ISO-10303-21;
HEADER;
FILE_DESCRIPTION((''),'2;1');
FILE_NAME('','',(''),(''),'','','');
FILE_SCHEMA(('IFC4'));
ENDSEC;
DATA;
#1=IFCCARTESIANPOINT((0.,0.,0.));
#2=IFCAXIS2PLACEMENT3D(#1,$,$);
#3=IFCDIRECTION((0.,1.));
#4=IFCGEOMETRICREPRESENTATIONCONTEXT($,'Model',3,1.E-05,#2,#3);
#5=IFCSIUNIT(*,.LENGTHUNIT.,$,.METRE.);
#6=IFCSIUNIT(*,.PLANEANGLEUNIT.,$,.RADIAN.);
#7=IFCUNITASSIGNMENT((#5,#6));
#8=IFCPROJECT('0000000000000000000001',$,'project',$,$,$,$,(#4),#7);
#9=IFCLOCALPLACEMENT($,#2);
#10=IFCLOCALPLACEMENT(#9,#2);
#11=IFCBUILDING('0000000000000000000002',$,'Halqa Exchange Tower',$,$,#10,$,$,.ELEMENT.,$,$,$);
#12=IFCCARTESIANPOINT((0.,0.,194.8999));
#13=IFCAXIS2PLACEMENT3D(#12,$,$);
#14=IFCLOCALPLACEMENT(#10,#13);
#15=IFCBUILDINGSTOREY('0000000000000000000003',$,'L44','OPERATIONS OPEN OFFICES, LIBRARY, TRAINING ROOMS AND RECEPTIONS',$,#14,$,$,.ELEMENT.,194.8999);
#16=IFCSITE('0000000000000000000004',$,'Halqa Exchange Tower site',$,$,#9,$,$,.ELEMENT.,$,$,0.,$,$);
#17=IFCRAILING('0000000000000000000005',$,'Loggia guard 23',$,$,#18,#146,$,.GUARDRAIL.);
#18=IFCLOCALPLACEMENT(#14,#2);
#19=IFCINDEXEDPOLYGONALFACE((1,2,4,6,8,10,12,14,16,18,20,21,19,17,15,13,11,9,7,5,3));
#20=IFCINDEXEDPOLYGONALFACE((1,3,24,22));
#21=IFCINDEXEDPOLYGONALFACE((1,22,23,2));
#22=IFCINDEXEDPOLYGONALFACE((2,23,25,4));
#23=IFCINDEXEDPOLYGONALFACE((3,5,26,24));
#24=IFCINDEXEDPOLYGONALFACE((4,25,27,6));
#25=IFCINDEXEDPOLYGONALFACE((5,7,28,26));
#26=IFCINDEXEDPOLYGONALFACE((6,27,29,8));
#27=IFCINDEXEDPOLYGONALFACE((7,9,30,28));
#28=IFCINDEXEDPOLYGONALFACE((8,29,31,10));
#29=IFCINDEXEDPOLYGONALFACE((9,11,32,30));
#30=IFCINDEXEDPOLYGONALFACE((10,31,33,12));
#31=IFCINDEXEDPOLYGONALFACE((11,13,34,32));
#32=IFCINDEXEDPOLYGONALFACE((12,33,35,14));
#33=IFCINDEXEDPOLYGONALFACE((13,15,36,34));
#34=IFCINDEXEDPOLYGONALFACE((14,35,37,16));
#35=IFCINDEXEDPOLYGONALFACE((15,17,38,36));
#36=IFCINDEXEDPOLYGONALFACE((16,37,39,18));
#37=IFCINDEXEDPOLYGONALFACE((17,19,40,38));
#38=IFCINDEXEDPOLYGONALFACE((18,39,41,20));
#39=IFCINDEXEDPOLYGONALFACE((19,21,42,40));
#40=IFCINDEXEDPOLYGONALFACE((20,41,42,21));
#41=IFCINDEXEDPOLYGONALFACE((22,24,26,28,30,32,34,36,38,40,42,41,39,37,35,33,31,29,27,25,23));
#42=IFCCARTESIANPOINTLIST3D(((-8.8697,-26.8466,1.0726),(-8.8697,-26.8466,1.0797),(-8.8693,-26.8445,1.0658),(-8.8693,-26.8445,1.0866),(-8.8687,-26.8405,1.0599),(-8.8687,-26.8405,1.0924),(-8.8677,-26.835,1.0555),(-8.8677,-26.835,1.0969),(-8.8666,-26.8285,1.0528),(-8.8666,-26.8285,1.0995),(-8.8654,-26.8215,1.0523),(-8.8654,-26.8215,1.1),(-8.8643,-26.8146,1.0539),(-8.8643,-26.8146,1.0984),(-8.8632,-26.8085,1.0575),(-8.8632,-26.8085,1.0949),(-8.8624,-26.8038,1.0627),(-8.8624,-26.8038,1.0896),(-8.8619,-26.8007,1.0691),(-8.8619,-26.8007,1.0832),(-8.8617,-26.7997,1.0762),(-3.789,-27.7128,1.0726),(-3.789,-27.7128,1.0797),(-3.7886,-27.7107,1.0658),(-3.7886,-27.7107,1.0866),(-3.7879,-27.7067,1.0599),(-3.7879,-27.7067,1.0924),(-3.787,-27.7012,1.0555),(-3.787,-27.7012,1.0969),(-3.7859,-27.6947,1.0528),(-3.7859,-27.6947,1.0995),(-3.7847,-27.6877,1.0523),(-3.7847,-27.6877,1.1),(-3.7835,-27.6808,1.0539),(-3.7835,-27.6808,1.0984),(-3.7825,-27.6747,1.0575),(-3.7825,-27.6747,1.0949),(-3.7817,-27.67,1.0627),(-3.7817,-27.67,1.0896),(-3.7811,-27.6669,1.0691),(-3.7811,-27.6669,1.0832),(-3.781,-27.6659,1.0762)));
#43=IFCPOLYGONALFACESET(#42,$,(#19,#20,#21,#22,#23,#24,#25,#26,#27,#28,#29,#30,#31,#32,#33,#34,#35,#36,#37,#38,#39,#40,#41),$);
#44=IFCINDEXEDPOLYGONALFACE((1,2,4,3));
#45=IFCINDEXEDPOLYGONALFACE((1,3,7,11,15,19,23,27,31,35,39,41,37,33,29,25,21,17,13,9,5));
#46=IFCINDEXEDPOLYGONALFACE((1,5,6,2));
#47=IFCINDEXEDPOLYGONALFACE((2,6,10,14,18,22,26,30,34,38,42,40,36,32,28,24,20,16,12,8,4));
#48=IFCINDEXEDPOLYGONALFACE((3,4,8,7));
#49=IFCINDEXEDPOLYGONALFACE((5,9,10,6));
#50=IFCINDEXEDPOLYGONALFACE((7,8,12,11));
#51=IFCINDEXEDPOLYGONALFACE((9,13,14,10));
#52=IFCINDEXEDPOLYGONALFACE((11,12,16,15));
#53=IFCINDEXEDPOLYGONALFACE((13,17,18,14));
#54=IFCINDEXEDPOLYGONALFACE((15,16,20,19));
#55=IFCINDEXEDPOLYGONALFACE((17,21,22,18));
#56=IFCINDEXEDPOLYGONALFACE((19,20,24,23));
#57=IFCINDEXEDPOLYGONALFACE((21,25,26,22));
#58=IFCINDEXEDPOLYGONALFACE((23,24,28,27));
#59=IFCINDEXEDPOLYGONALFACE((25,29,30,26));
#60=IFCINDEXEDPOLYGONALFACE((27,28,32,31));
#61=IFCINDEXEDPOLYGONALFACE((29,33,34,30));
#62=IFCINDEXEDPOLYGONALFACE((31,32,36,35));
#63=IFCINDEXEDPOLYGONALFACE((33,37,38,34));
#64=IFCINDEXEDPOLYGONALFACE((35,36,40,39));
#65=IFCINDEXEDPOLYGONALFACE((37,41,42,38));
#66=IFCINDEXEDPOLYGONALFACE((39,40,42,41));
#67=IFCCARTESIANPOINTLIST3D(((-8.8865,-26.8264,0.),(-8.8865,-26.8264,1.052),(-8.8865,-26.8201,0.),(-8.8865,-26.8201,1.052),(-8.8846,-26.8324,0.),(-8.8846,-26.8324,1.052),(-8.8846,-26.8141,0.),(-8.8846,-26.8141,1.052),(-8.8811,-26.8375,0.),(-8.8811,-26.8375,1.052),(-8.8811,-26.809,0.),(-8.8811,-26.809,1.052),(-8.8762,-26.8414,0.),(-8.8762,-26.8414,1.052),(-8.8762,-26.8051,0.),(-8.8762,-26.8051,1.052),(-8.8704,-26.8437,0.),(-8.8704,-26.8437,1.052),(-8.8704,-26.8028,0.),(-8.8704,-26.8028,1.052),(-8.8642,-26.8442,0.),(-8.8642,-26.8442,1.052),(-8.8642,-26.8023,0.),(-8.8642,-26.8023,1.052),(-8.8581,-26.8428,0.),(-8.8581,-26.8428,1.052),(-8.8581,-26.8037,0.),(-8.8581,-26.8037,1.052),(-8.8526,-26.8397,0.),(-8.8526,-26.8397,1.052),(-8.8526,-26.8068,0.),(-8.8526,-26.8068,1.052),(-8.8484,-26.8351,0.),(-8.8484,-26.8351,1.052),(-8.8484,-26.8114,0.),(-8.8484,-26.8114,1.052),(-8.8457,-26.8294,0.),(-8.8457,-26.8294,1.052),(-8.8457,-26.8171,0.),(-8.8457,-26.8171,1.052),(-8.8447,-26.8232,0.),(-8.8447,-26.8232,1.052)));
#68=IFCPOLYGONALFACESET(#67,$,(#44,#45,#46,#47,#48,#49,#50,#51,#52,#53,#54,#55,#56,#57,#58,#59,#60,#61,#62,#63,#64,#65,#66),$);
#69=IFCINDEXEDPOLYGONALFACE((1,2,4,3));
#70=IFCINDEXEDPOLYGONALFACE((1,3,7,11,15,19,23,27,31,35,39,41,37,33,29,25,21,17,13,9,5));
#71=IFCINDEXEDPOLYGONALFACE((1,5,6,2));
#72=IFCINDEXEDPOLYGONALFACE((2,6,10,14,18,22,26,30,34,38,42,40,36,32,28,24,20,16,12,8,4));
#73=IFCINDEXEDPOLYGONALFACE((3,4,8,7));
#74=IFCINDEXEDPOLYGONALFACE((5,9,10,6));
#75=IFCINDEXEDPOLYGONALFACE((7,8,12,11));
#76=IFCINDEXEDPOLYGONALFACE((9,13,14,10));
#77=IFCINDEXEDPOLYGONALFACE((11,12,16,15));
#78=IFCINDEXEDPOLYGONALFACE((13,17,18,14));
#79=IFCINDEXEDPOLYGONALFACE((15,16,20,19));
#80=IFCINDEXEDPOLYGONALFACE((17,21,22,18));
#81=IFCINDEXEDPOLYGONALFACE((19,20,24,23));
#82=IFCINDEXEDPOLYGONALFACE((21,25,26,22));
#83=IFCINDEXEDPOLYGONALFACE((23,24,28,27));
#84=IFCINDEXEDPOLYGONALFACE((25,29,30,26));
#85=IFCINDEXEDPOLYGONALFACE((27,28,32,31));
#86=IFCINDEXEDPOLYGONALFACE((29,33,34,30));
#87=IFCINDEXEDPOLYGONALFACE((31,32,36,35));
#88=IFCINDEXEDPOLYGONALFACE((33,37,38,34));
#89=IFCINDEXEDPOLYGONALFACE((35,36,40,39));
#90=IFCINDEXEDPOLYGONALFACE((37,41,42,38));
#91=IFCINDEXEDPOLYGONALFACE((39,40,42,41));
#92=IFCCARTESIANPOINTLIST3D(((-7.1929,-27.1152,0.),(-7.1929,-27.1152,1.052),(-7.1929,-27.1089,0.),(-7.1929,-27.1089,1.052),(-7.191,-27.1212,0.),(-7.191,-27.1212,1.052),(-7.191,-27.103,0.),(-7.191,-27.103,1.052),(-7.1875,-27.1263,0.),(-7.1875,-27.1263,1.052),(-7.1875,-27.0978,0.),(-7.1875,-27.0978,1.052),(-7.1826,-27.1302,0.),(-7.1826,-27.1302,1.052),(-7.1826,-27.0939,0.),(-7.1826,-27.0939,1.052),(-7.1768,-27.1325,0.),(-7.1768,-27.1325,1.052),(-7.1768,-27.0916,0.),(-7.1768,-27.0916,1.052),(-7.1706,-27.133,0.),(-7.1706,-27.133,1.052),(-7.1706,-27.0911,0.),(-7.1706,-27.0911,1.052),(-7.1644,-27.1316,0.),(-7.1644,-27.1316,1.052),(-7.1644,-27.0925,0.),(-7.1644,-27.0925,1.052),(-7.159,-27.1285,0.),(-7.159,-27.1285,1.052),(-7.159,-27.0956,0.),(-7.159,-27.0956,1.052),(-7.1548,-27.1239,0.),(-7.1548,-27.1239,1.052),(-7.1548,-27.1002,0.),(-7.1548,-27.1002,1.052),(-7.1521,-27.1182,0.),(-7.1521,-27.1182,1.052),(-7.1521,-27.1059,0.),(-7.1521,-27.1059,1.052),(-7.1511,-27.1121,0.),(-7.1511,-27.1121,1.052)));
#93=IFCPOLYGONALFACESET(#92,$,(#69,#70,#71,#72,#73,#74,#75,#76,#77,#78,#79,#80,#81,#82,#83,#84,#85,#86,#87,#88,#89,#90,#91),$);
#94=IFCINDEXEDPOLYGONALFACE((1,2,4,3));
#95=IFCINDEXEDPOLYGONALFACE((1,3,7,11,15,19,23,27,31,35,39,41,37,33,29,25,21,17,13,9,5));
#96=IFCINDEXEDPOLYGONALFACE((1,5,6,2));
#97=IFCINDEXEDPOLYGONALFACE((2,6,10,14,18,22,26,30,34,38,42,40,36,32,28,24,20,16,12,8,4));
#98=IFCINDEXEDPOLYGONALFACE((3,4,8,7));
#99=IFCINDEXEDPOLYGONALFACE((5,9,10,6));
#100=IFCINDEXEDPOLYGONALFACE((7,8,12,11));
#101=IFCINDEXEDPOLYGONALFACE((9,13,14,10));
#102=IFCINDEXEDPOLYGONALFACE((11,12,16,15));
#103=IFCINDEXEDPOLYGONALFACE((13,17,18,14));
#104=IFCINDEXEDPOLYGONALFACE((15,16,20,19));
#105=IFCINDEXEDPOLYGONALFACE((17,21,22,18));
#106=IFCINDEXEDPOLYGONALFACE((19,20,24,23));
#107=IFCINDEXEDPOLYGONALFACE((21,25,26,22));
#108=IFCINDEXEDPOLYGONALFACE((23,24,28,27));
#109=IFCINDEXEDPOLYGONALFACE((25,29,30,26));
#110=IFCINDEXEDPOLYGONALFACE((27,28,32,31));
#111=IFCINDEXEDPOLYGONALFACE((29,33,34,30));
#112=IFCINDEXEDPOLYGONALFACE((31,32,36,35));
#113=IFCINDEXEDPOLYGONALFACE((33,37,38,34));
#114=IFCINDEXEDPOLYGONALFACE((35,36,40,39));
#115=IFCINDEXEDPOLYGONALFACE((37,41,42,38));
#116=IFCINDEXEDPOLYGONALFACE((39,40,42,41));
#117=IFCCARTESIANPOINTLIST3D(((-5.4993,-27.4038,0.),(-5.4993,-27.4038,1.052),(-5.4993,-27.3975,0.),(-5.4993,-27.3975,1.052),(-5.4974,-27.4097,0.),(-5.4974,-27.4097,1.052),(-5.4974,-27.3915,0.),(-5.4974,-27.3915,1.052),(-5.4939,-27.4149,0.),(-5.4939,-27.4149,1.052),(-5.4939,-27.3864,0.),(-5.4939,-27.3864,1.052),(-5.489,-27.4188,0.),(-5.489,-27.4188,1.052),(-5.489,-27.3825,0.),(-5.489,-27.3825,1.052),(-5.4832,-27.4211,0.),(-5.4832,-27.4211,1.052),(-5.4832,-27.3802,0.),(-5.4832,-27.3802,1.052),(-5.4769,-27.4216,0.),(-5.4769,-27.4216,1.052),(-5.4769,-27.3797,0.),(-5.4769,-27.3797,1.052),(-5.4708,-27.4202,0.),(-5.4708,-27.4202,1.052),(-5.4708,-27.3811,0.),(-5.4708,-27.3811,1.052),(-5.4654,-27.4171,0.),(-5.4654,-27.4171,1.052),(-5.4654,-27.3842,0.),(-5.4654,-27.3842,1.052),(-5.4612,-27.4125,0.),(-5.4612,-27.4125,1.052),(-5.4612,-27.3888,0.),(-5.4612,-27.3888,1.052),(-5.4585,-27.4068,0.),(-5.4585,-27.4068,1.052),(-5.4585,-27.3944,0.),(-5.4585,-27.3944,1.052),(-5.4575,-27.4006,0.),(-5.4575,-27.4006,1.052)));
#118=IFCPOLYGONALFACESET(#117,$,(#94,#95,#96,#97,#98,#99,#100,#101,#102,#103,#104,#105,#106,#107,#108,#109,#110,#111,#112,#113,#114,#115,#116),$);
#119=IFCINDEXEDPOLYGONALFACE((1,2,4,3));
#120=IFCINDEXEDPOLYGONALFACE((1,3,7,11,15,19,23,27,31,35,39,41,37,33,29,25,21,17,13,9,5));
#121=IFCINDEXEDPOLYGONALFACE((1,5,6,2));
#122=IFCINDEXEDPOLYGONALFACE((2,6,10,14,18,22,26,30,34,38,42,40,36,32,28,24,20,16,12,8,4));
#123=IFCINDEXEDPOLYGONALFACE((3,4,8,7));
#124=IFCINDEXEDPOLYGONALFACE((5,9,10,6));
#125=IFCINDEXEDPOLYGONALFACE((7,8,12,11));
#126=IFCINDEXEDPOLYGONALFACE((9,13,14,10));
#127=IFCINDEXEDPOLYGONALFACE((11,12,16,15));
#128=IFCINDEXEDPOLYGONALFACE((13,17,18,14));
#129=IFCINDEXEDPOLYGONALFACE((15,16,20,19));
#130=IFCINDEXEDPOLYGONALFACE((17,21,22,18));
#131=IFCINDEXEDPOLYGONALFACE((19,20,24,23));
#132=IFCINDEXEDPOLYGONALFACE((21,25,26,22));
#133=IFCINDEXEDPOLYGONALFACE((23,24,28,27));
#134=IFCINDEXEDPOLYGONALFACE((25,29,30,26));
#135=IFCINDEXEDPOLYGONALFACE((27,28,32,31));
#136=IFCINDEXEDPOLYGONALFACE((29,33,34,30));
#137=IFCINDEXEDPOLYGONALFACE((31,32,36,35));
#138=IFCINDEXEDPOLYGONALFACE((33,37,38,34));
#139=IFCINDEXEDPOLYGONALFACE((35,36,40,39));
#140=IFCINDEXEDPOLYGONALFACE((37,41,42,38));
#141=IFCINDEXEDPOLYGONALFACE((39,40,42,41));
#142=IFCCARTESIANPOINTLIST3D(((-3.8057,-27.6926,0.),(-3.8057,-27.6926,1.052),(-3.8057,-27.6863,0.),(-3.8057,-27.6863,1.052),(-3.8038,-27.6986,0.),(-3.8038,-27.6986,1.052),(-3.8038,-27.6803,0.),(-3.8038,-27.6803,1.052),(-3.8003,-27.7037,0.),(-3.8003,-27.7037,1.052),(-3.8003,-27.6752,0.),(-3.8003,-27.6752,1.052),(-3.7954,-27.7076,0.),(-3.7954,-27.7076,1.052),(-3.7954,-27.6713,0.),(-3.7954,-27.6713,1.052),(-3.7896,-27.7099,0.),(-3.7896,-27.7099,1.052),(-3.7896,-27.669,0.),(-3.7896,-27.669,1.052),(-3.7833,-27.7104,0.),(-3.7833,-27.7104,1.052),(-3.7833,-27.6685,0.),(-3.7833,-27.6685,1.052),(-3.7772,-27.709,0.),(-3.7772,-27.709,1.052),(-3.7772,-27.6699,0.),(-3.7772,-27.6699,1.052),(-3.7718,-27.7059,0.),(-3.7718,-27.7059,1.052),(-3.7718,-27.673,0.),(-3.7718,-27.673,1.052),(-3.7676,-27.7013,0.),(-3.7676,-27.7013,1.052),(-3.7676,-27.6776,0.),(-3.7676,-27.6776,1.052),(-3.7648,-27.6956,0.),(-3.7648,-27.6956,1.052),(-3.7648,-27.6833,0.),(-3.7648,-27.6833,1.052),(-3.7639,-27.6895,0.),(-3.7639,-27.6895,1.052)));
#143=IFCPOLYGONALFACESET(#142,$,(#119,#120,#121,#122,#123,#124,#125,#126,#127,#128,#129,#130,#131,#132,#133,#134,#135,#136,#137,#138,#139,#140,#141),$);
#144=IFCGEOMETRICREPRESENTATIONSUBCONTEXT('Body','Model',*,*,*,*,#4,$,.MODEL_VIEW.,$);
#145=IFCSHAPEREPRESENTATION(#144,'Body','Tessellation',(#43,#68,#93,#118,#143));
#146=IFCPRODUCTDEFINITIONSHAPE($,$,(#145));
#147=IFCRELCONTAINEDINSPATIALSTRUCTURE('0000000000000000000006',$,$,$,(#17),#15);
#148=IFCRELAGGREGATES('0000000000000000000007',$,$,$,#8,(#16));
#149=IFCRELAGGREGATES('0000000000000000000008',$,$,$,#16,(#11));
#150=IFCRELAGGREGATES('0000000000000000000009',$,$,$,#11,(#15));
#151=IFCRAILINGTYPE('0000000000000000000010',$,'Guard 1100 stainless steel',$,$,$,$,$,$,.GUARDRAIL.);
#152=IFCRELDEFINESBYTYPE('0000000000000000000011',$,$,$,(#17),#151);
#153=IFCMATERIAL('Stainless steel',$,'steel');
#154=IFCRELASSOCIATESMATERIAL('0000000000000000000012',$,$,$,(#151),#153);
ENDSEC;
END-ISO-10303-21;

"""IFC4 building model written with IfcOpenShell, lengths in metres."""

from ifc_helpers import new_model, si_unit, direction, frame, origin, origin_2d, place, context, subcontext, project, spatial, circle, extrude, material, type_object, element, save


model = new_model("IFC4")

# Units and contexts
model_context = context("Model", 3, precision=1e-05, world=origin(), true_north=direction((0.0, 1.0)))
body_context = subcontext(model_context, "Body", "Model", "MODEL_VIEW")
ifc_project = project(units=[si_unit("LENGTHUNIT", "METRE"), si_unit("PLANEANGLEUNIT", "RADIAN")], contexts=[model_context])

# Site, building, storey
site_placement = place(None, origin())
site = spatial("IfcSite", under=ifc_project, at=site_placement, Name="Halqa Exchange Tower site", CompositionType="ELEMENT", RefElevation=0.0)
building_placement = place(site_placement, origin())
building = spatial("IfcBuilding", under=site, at=building_placement, Name="Halqa Exchange Tower", CompositionType="ELEMENT")
storey_placement = place(building_placement, frame((0.0, 0.0, 194.8999)))
storey = spatial("IfcBuildingStorey", under=building, at=storey_placement, Name="L44", Description="OPERATIONS OPEN OFFICES, LIBRARY, TRAINING ROOMS AND RECEPTIONS", CompositionType="ELEMENT", Elevation=194.8999)

# Railing
ifc_material_1 = material(Name="Stainless steel", Category="steel")
railing_type = type_object("IfcRailingType", Name="Guard 1100 stainless steel", PredefinedType="GUARDRAIL", material=ifc_material_1)
railing_1_placement = place(storey_placement, frame((-8.8657, -26.8232, 0.0)))
element("IfcRailing", 1, at=railing_1_placement, inside=storey, type_object=railing_type, Name="Loggia guard 23", PredefinedType="GUARDRAIL", context=body_context, shape_type="SweptSolid", body=[
    extrude(circle(Radius=0.0239, at=origin_2d()), frame((0.0, 0.0, 1.0762), z_axis=(0.985776, -0.168062, 0.0), x_axis=(0.168062, 0.985776, 0.0)), (0.0, 0.0, 1.0), 5.1541),
    extrude(circle(Radius=0.021, at=origin_2d()), origin(), (0.0, 0.0, 1.0), 1.052),
    extrude(circle(Radius=0.021, at=origin_2d()), frame((1.6936, -0.2888, 0.0)), (0.0, 0.0, 1.0), 1.052),
    extrude(circle(Radius=0.021, at=origin_2d()), frame((3.3872, -0.5774, 0.0)), (0.0, 0.0, 1.0), 1.052),
    extrude(circle(Radius=0.021, at=origin_2d()), frame((5.0808, -0.8662, 0.0)), (0.0, 0.0, 1.0), 1.052),
])

save(model, "model.ifc")
